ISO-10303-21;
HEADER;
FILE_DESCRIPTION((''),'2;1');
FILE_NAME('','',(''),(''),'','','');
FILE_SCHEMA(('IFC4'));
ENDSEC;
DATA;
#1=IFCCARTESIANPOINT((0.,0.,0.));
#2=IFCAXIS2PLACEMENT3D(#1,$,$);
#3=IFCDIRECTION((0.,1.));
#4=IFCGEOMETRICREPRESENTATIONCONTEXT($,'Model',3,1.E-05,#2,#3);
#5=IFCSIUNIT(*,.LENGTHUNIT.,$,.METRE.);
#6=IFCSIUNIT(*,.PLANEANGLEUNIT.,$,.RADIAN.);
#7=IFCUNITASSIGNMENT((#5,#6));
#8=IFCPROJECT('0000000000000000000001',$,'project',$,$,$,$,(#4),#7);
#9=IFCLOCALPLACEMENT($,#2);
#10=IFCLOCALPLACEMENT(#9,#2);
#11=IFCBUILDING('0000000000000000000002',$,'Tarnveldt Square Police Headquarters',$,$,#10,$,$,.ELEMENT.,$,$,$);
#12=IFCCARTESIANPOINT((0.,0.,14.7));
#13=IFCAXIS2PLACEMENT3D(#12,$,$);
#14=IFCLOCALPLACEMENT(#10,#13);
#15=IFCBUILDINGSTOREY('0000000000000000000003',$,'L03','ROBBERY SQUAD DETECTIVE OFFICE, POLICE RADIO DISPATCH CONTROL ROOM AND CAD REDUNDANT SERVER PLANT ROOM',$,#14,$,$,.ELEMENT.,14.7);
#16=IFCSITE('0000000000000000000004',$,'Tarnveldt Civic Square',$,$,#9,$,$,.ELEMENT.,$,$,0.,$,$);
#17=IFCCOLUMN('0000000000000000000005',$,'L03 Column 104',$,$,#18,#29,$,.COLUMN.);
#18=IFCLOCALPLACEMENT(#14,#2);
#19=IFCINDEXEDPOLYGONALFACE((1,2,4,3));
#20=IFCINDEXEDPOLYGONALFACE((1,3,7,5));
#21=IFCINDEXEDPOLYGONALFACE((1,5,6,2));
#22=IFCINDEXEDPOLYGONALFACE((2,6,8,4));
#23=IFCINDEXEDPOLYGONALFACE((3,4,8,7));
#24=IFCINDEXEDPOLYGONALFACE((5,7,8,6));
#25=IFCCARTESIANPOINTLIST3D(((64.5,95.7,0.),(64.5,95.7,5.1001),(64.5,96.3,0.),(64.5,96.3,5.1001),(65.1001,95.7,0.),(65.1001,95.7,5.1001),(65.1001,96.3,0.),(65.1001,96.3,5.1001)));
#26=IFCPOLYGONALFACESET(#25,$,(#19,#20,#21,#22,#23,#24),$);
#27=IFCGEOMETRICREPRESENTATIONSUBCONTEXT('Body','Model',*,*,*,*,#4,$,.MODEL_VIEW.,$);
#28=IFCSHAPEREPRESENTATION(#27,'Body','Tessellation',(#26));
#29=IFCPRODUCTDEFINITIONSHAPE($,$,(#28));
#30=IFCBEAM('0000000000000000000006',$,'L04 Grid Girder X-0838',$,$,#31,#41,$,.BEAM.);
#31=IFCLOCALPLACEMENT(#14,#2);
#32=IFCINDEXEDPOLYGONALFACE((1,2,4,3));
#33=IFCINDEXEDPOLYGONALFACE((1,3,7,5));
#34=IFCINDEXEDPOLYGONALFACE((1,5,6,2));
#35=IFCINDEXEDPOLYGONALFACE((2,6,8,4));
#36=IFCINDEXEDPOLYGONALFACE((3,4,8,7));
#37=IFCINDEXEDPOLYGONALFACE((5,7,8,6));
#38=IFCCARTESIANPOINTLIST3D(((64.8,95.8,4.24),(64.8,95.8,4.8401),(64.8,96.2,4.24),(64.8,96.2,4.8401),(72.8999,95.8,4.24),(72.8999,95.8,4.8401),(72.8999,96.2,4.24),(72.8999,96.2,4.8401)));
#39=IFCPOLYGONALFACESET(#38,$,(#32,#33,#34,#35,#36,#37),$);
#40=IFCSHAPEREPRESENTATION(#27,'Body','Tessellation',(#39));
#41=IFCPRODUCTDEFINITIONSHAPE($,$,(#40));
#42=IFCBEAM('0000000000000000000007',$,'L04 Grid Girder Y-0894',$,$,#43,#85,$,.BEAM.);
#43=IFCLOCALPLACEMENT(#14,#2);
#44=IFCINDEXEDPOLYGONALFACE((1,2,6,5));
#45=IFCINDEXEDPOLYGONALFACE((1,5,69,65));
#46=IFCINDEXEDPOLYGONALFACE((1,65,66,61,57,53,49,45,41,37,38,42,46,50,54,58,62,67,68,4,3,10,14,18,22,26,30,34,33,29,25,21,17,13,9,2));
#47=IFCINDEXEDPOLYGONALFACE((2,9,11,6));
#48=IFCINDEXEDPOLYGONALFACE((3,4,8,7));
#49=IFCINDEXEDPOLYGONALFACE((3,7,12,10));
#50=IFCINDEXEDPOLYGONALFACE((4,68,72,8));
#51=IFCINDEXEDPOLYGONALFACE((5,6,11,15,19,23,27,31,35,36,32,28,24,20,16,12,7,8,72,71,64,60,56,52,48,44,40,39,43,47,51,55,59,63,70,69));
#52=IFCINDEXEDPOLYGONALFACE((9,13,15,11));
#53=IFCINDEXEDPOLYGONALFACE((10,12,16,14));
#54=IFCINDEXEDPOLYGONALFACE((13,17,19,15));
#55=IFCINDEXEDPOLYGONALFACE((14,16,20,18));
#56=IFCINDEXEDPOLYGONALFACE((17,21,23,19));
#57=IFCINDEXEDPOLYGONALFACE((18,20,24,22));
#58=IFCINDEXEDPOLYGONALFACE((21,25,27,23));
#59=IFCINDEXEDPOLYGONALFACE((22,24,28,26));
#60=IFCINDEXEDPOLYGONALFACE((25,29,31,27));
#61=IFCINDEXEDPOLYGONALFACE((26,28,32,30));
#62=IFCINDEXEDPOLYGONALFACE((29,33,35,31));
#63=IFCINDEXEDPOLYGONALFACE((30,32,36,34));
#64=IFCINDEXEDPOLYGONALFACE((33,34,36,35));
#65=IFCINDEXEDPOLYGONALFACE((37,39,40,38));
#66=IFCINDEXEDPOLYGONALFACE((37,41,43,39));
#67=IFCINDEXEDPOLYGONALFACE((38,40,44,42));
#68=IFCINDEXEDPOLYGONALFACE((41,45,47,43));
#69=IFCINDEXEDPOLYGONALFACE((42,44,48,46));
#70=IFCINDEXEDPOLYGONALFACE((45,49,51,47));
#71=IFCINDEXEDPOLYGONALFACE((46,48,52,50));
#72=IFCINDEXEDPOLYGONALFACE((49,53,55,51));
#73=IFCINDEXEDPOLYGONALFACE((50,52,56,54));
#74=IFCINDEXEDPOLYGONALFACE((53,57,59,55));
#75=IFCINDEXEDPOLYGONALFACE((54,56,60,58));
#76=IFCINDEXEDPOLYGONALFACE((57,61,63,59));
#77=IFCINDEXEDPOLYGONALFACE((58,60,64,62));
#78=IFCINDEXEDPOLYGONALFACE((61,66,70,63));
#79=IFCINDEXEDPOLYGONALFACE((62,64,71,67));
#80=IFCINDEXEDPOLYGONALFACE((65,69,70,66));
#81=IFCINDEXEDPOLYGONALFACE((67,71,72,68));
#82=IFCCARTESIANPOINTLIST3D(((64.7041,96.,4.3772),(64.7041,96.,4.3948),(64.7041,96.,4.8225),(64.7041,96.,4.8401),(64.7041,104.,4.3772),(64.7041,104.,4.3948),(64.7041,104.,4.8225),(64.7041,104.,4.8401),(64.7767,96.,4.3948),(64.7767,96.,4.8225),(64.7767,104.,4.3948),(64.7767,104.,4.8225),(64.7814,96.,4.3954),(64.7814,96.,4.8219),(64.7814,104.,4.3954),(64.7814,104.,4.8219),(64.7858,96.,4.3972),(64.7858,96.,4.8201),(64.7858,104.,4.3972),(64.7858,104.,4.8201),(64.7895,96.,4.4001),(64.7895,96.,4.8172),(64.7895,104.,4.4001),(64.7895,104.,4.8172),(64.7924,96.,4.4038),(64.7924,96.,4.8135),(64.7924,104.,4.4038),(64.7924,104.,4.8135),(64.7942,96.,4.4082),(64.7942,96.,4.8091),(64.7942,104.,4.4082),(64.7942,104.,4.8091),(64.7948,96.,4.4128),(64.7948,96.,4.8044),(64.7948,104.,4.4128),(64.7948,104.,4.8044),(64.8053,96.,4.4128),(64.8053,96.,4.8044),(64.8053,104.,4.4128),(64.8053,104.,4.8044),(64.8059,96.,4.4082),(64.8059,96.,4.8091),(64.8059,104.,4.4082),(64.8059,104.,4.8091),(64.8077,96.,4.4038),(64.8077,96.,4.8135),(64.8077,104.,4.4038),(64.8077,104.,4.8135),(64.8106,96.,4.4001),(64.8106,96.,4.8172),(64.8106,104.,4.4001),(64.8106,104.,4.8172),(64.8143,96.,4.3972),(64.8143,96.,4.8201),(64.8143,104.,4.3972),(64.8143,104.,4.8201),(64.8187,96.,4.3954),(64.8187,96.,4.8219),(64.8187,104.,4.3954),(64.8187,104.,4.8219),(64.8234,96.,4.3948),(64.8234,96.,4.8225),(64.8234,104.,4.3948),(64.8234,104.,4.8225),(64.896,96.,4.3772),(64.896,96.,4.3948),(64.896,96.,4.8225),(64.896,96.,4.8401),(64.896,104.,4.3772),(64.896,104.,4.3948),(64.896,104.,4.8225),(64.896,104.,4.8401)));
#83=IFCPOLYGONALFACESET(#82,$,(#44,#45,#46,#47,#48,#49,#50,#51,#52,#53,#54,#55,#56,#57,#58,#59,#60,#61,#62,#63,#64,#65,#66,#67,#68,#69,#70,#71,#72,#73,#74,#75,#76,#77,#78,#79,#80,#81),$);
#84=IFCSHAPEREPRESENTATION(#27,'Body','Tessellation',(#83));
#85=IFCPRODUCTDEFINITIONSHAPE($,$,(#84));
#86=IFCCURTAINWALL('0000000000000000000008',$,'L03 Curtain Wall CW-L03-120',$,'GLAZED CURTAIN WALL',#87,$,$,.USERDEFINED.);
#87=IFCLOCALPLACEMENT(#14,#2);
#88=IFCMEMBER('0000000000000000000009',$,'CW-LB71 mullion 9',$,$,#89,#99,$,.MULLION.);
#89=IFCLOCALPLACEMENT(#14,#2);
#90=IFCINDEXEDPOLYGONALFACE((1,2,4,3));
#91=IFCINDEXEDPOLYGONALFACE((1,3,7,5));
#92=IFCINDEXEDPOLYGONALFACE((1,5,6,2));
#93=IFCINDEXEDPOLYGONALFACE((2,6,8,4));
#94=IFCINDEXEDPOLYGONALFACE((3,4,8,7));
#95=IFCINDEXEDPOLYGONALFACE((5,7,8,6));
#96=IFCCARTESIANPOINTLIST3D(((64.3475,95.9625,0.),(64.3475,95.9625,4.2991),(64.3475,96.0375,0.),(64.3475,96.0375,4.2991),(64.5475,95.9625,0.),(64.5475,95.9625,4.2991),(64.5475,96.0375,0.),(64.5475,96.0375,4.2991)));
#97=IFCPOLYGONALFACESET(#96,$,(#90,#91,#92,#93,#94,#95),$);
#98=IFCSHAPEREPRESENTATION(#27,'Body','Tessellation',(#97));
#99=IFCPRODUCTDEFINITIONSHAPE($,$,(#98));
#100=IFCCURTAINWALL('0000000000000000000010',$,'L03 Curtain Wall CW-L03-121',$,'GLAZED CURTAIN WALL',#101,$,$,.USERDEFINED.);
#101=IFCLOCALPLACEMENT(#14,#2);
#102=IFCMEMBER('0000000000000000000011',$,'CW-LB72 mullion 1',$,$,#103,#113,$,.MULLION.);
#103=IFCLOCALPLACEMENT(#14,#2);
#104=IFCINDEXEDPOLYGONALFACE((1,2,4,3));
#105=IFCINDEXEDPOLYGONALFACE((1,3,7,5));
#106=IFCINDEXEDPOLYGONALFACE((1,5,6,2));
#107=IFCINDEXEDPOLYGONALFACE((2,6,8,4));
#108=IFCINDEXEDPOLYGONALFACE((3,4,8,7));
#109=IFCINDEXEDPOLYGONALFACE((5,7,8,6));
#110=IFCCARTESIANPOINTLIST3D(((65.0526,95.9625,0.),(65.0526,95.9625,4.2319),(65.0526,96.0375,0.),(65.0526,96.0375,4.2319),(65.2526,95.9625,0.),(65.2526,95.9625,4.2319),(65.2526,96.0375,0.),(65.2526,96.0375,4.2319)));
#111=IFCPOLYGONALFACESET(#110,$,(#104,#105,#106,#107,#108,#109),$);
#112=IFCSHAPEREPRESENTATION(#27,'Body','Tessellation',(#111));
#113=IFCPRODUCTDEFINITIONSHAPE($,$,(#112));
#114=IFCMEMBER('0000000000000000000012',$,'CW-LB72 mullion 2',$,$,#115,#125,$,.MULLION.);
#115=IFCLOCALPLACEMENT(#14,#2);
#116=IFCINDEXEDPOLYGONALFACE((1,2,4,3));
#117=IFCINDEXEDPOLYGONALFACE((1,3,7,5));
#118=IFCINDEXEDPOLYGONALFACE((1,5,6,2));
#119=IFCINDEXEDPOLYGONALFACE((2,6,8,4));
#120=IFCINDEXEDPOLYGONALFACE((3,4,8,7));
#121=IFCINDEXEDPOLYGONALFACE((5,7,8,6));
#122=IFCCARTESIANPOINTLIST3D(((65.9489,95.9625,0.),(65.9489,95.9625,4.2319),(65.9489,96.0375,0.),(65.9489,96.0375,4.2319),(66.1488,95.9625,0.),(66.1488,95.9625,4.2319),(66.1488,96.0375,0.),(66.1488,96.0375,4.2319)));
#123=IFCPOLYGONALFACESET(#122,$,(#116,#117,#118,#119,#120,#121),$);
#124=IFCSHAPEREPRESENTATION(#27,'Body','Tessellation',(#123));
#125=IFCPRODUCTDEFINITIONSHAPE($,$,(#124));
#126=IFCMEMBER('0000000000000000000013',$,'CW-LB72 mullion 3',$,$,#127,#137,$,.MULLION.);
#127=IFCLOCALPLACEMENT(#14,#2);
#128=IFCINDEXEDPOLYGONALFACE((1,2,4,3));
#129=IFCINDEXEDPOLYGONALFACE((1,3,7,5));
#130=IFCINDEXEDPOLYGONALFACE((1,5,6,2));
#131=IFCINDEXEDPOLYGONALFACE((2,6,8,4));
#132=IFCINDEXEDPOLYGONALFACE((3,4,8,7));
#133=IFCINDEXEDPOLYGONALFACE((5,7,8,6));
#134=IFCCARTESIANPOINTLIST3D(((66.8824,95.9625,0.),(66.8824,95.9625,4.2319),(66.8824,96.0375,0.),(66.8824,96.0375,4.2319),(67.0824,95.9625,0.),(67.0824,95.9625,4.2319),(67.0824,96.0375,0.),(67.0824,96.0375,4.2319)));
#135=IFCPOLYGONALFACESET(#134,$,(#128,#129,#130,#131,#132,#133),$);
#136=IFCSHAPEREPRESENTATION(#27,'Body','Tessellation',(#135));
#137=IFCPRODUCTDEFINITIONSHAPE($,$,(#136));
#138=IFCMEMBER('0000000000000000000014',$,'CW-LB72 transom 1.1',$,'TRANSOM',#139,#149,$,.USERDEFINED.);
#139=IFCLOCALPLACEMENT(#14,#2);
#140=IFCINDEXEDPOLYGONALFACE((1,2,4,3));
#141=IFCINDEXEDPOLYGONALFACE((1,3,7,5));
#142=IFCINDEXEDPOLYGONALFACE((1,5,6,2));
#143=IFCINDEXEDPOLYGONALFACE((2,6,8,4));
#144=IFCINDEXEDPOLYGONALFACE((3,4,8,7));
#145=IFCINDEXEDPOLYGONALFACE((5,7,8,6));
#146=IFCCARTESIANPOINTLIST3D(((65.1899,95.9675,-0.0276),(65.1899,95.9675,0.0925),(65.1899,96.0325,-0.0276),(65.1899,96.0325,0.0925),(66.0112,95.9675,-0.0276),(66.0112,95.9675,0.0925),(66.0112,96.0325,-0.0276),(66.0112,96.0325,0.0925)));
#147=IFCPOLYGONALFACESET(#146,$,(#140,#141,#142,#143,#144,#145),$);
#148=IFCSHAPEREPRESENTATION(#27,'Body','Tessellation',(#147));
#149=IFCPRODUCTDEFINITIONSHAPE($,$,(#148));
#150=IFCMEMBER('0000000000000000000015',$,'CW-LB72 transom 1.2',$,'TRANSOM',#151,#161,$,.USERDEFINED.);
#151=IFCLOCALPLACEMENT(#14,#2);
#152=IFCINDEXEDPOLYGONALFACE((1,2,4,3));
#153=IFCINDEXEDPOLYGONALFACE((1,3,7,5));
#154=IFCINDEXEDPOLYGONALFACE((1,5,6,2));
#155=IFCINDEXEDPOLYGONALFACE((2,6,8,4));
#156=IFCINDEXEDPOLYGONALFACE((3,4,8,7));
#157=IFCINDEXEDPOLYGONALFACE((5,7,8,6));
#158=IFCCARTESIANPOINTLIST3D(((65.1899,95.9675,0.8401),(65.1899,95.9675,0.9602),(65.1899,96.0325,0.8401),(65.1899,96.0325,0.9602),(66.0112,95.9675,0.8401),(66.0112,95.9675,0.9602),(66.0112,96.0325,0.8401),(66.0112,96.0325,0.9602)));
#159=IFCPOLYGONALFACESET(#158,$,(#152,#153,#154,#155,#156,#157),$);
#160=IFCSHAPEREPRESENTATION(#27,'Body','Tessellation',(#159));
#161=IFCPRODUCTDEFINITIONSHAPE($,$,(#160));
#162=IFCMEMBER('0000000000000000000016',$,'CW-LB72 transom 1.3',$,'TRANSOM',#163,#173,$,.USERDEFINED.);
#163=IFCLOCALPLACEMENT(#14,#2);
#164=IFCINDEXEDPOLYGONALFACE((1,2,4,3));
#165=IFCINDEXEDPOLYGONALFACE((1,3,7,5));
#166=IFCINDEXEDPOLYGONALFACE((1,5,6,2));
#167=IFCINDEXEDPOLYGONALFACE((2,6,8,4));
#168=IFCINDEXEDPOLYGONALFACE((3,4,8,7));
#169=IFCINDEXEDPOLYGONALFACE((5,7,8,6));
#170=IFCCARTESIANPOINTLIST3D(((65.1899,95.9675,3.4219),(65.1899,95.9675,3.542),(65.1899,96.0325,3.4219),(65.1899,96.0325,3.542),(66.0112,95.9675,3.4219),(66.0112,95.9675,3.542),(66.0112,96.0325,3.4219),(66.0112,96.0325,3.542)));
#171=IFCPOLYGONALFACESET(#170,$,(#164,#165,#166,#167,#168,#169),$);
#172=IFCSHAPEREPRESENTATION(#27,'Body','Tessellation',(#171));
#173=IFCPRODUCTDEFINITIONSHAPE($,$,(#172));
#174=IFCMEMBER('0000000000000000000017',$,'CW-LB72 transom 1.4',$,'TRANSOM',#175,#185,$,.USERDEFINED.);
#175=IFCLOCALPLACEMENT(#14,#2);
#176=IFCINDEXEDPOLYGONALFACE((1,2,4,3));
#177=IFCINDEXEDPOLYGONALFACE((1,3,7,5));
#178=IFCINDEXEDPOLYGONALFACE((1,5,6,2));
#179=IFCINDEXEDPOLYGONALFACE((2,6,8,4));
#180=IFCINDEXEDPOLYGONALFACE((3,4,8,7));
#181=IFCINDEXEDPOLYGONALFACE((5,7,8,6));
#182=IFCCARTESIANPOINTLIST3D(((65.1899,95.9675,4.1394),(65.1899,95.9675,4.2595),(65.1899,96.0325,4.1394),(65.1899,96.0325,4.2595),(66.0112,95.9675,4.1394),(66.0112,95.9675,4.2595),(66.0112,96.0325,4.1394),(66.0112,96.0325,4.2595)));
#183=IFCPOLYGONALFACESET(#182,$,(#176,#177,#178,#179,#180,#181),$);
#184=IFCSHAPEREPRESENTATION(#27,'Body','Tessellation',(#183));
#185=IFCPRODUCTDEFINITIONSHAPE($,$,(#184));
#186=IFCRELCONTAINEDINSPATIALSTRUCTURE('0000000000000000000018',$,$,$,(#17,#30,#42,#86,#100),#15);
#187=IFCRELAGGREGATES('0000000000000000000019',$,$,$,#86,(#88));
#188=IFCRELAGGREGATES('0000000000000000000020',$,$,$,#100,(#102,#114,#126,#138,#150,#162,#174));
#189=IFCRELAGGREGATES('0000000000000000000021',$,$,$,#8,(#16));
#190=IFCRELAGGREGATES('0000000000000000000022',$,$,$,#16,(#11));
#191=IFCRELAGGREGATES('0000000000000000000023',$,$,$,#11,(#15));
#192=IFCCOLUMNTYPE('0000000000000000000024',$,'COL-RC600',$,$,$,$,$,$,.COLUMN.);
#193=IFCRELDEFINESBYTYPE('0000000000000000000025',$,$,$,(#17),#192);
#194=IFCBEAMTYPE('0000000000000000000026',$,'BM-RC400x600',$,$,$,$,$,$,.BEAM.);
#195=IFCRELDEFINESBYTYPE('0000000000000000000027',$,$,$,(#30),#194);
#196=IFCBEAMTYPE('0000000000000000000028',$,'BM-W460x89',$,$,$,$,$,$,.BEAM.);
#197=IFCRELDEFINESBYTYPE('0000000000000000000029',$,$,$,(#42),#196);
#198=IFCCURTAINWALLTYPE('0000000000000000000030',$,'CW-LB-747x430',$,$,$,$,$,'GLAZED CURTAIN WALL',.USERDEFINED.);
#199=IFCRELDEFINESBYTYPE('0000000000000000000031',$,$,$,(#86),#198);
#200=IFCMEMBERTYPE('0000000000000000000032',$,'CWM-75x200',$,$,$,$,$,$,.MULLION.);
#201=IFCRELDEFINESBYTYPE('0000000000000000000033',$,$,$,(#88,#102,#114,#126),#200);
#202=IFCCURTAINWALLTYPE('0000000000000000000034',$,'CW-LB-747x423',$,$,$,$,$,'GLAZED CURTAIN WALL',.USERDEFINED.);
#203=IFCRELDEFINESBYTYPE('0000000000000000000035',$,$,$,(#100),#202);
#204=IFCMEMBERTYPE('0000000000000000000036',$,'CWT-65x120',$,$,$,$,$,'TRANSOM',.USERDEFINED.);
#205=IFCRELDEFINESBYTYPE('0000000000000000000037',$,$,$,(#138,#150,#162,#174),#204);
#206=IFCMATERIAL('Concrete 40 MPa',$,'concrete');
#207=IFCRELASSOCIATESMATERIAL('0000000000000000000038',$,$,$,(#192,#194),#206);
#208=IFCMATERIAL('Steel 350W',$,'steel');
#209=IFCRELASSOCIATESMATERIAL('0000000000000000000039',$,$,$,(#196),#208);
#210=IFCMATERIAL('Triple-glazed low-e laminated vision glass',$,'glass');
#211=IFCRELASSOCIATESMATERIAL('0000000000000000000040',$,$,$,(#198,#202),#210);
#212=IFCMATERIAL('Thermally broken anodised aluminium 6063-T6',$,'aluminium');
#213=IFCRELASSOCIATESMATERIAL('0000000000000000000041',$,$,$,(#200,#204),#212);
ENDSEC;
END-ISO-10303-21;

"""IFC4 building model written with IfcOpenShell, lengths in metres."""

from ifc_helpers import new_model, si_unit, direction, frame, origin, origin_2d, place, context, subcontext, project, spatial, rectangle, i_section, extrude, material, material_profile, profile_set, type_object, element, aggregate, save


model = new_model("IFC4")

# Units and contexts
model_context = context("Model", 3, precision=1e-05, world=origin(), true_north=direction((0.0, 1.0)))
body_context = subcontext(model_context, "Body", "Model", "MODEL_VIEW")
ifc_project = project(units=[si_unit("LENGTHUNIT", "METRE"), si_unit("PLANEANGLEUNIT", "RADIAN")], contexts=[model_context])

# Site, building, storey
site_placement = place(None, origin())
site = spatial("IfcSite", under=ifc_project, at=site_placement, Name="Tarnveldt Civic Square", CompositionType="ELEMENT", RefElevation=0.0)
building_placement = place(site_placement, origin())
building = spatial("IfcBuilding", under=site, at=building_placement, Name="Tarnveldt Square Police Headquarters", CompositionType="ELEMENT")
storey_placement = place(building_placement, frame((0.0, 0.0, 14.7)))
storey = spatial("IfcBuildingStorey", under=building, at=storey_placement, Name="L03", Description="ROBBERY SQUAD DETECTIVE OFFICE, POLICE RADIO DISPATCH CONTROL ROOM AND CAD REDUNDANT SERVER PLANT ROOM", CompositionType="ELEMENT", Elevation=14.7)

# Column
ifc_material_1 = material(Name="Concrete 40 MPa", Category="concrete")
ifc_material_profile_1 = material_profile(ifc_material_1, rectangle(XDim=0.6001, YDim=0.6001, at=origin_2d()), Name="RC-C600x600")
ifc_profile_set_1 = profile_set([ifc_material_profile_1], Name="Concrete 40 MPa")
column_type = type_object("IfcColumnType", Name="COL-RC600", PredefinedType="COLUMN", material=ifc_profile_set_1)
column_placement = place(storey_placement, frame((64.8, 96.0, 0.0), z_axis=(0.0, 0.0, 1.0), x_axis=(1.0, 0.0, 0.0)))
element("IfcColumn", 1, at=column_placement, inside=storey, type_object=column_type, Name="L03 Column 104", PredefinedType="COLUMN", context=body_context, shape_type="SweptSolid", body=[
    extrude(rectangle(XDim=0.6001, YDim=0.6001, at=origin_2d()), origin(), (0.0, 0.0, 1.0), 5.1001),
])

# Beams
ifc_material_profile_2 = material_profile(ifc_material_1, rectangle(XDim=0.3999, YDim=0.6001, at=origin_2d()), Name="RC-B400x600")
ifc_profile_set_2 = profile_set([ifc_material_profile_2], Name="Concrete 40 MPa")
beam_type_1 = type_object("IfcBeamType", Name="BM-RC400x600", PredefinedType="BEAM", material=ifc_profile_set_2)
beam_1_placement = place(storey_placement, frame((64.8, 96.0, 4.54), z_axis=(1.0, 0.0, 0.0), x_axis=(0.0, 1.0, 0.0)))
element("IfcBeam", 2, at=beam_1_placement, inside=storey, type_object=beam_type_1, Name="L04 Grid Girder X-0838", PredefinedType="BEAM", context=body_context, shape_type="SweptSolid", body=[
    extrude(rectangle(XDim=0.3999, YDim=0.6001, at=origin_2d()), origin(), (0.0, 0.0, 1.0), 8.0999),
])
ifc_material_2 = material(Name="Steel 350W", Category="steel")
ifc_material_profile_3 = material_profile(ifc_material_2, i_section(OverallWidth=0.1919, OverallDepth=0.4629, WebThickness=0.0105, FlangeThickness=0.0176, FilletRadius=0.0181, at=origin_2d()), Name="W460x89")
ifc_profile_set_3 = profile_set([ifc_material_profile_3], Name="Steel 350W")
beam_type_2 = type_object("IfcBeamType", Name="BM-W460x89", PredefinedType="BEAM", material=ifc_profile_set_3)
beam_2_placement = place(storey_placement, frame((64.8, 96.0, 4.6086), z_axis=(0.0, 1.0, 0.0), x_axis=(-1.0, 0.0, 0.0)))
element("IfcBeam", 3, at=beam_2_placement, inside=storey, type_object=beam_type_2, Name="L04 Grid Girder Y-0894", PredefinedType="BEAM", context=body_context, shape_type="SweptSolid", body=[
    extrude(i_section(OverallWidth=0.1919, OverallDepth=0.4629, WebThickness=0.0105, FlangeThickness=0.0176, FilletRadius=0.0181, at=origin_2d()), origin(), (0.0, 0.0, 1.0), 8.0),
])

# Curtain wall, member
ifc_material_3 = material(Name="Triple-glazed low-e laminated vision glass", Category="glass")
curtain_wall_type_1 = type_object("IfcCurtainWallType", Name="CW-LB-747x430", ElementType="GLAZED CURTAIN WALL", PredefinedType="USERDEFINED", material=ifc_material_3)
curtain_wall_1_placement = place(storey_placement, origin())
curtain_wall_1 = element("IfcCurtainWall", 4, at=curtain_wall_1_placement, inside=storey, type_object=curtain_wall_type_1, Name="L03 Curtain Wall CW-L03-120", ObjectType="GLAZED CURTAIN WALL", PredefinedType="USERDEFINED")
ifc_material_4 = material(Name="Thermally broken anodised aluminium 6063-T6", Category="aluminium")
ifc_material_profile_4 = material_profile(ifc_material_4, rectangle(XDim=0.075, YDim=0.2, at=origin_2d()), Name="CW-M75x200")
ifc_profile_set_4 = profile_set([ifc_material_profile_4], Name="Thermally broken anodised aluminium 6063-T6")
member_type_1 = type_object("IfcMemberType", Name="CWM-75x200", PredefinedType="MULLION", material=ifc_profile_set_4)
member_1_placement = place(storey_placement, frame((64.4475, 96.0, 0.0), z_axis=(0.0, 0.0, 1.0), x_axis=(0.0, 1.0, 0.0)))
member_1 = element("IfcMember", 5, at=member_1_placement, type_object=member_type_1, Name="CW-LB71 mullion 9", PredefinedType="MULLION", context=body_context, shape_type="SweptSolid", body=[
    extrude(rectangle(XDim=0.075, YDim=0.2, at=origin_2d()), origin(), (0.0, 0.0, 1.0), 4.2991),
])

# Curtain wall, members
curtain_wall_type_2 = type_object("IfcCurtainWallType", Name="CW-LB-747x423", ElementType="GLAZED CURTAIN WALL", PredefinedType="USERDEFINED", material=ifc_material_3)
curtain_wall_2_placement = place(storey_placement, origin())
curtain_wall_2 = element("IfcCurtainWall", 6, at=curtain_wall_2_placement, inside=storey, type_object=curtain_wall_type_2, Name="L03 Curtain Wall CW-L03-121", ObjectType="GLAZED CURTAIN WALL", PredefinedType="USERDEFINED")
member_2_placement = place(storey_placement, frame((65.1526, 96.0, 0.0), z_axis=(0.0, 0.0, 1.0), x_axis=(0.0, 1.0, 0.0)))
member_2 = element("IfcMember", 7, at=member_2_placement, type_object=member_type_1, Name="CW-LB72 mullion 1", PredefinedType="MULLION", context=body_context, shape_type="SweptSolid", body=[
    extrude(rectangle(XDim=0.075, YDim=0.2, at=origin_2d()), origin(), (0.0, 0.0, 1.0), 4.2319),
])
member_3_placement = place(storey_placement, frame((66.0488, 96.0, 0.0), z_axis=(0.0, 0.0, 1.0), x_axis=(0.0, 1.0, 0.0)))
member_3 = element("IfcMember", 8, at=member_3_placement, type_object=member_type_1, Name="CW-LB72 mullion 2", PredefinedType="MULLION", context=body_context, shape_type="SweptSolid", body=[
    extrude(rectangle(XDim=0.075, YDim=0.2, at=origin_2d()), origin(), (0.0, 0.0, 1.0), 4.2319),
])
member_4_placement = place(storey_placement, frame((66.9824, 96.0, 0.0), z_axis=(0.0, 0.0, 1.0), x_axis=(0.0, 1.0, 0.0)))
member_4 = element("IfcMember", 9, at=member_4_placement, type_object=member_type_1, Name="CW-LB72 mullion 3", PredefinedType="MULLION", context=body_context, shape_type="SweptSolid", body=[
    extrude(rectangle(XDim=0.075, YDim=0.2, at=origin_2d()), origin(), (0.0, 0.0, 1.0), 4.2319),
])
ifc_material_profile_5 = material_profile(ifc_material_4, rectangle(XDim=0.0649, YDim=0.1201, at=origin_2d()), Name="CW-T65x120")
ifc_profile_set_5 = profile_set([ifc_material_profile_5], Name="Thermally broken anodised aluminium 6063-T6")
member_type_2 = type_object("IfcMemberType", Name="CWT-65x120", ElementType="TRANSOM", PredefinedType="USERDEFINED", material=ifc_profile_set_5)
member_5_placement = place(storey_placement, frame((65.1899, 96.0, 0.0325), z_axis=(1.0, 0.0, 0.0), x_axis=(0.0, 1.0, 0.0)))
member_5 = element("IfcMember", 10, at=member_5_placement, type_object=member_type_2, Name="CW-LB72 transom 1.1", ObjectType="TRANSOM", PredefinedType="USERDEFINED", context=body_context, shape_type="SweptSolid", body=[
    extrude(rectangle(XDim=0.0649, YDim=0.1201, at=origin_2d()), origin(), (0.0, 0.0, 1.0), 0.8213),
])
member_6_placement = place(storey_placement, frame((65.1899, 96.0, 0.9001), z_axis=(1.0, 0.0, 0.0), x_axis=(0.0, 1.0, 0.0)))
member_6 = element("IfcMember", 11, at=member_6_placement, type_object=member_type_2, Name="CW-LB72 transom 1.2", ObjectType="TRANSOM", PredefinedType="USERDEFINED", context=body_context, shape_type="SweptSolid", body=[
    extrude(rectangle(XDim=0.0649, YDim=0.1201, at=origin_2d()), origin(), (0.0, 0.0, 1.0), 0.8213),
])
member_7_placement = place(storey_placement, frame((65.1899, 96.0, 3.4819), z_axis=(1.0, 0.0, 0.0), x_axis=(0.0, 1.0, 0.0)))
member_7 = element("IfcMember", 12, at=member_7_placement, type_object=member_type_2, Name="CW-LB72 transom 1.3", ObjectType="TRANSOM", PredefinedType="USERDEFINED", context=body_context, shape_type="SweptSolid", body=[
    extrude(rectangle(XDim=0.0649, YDim=0.1201, at=origin_2d()), origin(), (0.0, 0.0, 1.0), 0.8213),
])
member_8_placement = place(storey_placement, frame((65.1899, 96.0, 4.1995), z_axis=(1.0, 0.0, 0.0), x_axis=(0.0, 1.0, 0.0)))
member_8 = element("IfcMember", 13, at=member_8_placement, type_object=member_type_2, Name="CW-LB72 transom 1.4", ObjectType="TRANSOM", PredefinedType="USERDEFINED", context=body_context, shape_type="SweptSolid", body=[
    extrude(rectangle(XDim=0.0649, YDim=0.1201, at=origin_2d()), origin(), (0.0, 0.0, 1.0), 0.8213),
])

aggregate(curtain_wall_1, [member_1])
aggregate(curtain_wall_2, [member_2, member_3, member_4, member_5, member_6, member_7, member_8])

save(model, "model.ifc")
